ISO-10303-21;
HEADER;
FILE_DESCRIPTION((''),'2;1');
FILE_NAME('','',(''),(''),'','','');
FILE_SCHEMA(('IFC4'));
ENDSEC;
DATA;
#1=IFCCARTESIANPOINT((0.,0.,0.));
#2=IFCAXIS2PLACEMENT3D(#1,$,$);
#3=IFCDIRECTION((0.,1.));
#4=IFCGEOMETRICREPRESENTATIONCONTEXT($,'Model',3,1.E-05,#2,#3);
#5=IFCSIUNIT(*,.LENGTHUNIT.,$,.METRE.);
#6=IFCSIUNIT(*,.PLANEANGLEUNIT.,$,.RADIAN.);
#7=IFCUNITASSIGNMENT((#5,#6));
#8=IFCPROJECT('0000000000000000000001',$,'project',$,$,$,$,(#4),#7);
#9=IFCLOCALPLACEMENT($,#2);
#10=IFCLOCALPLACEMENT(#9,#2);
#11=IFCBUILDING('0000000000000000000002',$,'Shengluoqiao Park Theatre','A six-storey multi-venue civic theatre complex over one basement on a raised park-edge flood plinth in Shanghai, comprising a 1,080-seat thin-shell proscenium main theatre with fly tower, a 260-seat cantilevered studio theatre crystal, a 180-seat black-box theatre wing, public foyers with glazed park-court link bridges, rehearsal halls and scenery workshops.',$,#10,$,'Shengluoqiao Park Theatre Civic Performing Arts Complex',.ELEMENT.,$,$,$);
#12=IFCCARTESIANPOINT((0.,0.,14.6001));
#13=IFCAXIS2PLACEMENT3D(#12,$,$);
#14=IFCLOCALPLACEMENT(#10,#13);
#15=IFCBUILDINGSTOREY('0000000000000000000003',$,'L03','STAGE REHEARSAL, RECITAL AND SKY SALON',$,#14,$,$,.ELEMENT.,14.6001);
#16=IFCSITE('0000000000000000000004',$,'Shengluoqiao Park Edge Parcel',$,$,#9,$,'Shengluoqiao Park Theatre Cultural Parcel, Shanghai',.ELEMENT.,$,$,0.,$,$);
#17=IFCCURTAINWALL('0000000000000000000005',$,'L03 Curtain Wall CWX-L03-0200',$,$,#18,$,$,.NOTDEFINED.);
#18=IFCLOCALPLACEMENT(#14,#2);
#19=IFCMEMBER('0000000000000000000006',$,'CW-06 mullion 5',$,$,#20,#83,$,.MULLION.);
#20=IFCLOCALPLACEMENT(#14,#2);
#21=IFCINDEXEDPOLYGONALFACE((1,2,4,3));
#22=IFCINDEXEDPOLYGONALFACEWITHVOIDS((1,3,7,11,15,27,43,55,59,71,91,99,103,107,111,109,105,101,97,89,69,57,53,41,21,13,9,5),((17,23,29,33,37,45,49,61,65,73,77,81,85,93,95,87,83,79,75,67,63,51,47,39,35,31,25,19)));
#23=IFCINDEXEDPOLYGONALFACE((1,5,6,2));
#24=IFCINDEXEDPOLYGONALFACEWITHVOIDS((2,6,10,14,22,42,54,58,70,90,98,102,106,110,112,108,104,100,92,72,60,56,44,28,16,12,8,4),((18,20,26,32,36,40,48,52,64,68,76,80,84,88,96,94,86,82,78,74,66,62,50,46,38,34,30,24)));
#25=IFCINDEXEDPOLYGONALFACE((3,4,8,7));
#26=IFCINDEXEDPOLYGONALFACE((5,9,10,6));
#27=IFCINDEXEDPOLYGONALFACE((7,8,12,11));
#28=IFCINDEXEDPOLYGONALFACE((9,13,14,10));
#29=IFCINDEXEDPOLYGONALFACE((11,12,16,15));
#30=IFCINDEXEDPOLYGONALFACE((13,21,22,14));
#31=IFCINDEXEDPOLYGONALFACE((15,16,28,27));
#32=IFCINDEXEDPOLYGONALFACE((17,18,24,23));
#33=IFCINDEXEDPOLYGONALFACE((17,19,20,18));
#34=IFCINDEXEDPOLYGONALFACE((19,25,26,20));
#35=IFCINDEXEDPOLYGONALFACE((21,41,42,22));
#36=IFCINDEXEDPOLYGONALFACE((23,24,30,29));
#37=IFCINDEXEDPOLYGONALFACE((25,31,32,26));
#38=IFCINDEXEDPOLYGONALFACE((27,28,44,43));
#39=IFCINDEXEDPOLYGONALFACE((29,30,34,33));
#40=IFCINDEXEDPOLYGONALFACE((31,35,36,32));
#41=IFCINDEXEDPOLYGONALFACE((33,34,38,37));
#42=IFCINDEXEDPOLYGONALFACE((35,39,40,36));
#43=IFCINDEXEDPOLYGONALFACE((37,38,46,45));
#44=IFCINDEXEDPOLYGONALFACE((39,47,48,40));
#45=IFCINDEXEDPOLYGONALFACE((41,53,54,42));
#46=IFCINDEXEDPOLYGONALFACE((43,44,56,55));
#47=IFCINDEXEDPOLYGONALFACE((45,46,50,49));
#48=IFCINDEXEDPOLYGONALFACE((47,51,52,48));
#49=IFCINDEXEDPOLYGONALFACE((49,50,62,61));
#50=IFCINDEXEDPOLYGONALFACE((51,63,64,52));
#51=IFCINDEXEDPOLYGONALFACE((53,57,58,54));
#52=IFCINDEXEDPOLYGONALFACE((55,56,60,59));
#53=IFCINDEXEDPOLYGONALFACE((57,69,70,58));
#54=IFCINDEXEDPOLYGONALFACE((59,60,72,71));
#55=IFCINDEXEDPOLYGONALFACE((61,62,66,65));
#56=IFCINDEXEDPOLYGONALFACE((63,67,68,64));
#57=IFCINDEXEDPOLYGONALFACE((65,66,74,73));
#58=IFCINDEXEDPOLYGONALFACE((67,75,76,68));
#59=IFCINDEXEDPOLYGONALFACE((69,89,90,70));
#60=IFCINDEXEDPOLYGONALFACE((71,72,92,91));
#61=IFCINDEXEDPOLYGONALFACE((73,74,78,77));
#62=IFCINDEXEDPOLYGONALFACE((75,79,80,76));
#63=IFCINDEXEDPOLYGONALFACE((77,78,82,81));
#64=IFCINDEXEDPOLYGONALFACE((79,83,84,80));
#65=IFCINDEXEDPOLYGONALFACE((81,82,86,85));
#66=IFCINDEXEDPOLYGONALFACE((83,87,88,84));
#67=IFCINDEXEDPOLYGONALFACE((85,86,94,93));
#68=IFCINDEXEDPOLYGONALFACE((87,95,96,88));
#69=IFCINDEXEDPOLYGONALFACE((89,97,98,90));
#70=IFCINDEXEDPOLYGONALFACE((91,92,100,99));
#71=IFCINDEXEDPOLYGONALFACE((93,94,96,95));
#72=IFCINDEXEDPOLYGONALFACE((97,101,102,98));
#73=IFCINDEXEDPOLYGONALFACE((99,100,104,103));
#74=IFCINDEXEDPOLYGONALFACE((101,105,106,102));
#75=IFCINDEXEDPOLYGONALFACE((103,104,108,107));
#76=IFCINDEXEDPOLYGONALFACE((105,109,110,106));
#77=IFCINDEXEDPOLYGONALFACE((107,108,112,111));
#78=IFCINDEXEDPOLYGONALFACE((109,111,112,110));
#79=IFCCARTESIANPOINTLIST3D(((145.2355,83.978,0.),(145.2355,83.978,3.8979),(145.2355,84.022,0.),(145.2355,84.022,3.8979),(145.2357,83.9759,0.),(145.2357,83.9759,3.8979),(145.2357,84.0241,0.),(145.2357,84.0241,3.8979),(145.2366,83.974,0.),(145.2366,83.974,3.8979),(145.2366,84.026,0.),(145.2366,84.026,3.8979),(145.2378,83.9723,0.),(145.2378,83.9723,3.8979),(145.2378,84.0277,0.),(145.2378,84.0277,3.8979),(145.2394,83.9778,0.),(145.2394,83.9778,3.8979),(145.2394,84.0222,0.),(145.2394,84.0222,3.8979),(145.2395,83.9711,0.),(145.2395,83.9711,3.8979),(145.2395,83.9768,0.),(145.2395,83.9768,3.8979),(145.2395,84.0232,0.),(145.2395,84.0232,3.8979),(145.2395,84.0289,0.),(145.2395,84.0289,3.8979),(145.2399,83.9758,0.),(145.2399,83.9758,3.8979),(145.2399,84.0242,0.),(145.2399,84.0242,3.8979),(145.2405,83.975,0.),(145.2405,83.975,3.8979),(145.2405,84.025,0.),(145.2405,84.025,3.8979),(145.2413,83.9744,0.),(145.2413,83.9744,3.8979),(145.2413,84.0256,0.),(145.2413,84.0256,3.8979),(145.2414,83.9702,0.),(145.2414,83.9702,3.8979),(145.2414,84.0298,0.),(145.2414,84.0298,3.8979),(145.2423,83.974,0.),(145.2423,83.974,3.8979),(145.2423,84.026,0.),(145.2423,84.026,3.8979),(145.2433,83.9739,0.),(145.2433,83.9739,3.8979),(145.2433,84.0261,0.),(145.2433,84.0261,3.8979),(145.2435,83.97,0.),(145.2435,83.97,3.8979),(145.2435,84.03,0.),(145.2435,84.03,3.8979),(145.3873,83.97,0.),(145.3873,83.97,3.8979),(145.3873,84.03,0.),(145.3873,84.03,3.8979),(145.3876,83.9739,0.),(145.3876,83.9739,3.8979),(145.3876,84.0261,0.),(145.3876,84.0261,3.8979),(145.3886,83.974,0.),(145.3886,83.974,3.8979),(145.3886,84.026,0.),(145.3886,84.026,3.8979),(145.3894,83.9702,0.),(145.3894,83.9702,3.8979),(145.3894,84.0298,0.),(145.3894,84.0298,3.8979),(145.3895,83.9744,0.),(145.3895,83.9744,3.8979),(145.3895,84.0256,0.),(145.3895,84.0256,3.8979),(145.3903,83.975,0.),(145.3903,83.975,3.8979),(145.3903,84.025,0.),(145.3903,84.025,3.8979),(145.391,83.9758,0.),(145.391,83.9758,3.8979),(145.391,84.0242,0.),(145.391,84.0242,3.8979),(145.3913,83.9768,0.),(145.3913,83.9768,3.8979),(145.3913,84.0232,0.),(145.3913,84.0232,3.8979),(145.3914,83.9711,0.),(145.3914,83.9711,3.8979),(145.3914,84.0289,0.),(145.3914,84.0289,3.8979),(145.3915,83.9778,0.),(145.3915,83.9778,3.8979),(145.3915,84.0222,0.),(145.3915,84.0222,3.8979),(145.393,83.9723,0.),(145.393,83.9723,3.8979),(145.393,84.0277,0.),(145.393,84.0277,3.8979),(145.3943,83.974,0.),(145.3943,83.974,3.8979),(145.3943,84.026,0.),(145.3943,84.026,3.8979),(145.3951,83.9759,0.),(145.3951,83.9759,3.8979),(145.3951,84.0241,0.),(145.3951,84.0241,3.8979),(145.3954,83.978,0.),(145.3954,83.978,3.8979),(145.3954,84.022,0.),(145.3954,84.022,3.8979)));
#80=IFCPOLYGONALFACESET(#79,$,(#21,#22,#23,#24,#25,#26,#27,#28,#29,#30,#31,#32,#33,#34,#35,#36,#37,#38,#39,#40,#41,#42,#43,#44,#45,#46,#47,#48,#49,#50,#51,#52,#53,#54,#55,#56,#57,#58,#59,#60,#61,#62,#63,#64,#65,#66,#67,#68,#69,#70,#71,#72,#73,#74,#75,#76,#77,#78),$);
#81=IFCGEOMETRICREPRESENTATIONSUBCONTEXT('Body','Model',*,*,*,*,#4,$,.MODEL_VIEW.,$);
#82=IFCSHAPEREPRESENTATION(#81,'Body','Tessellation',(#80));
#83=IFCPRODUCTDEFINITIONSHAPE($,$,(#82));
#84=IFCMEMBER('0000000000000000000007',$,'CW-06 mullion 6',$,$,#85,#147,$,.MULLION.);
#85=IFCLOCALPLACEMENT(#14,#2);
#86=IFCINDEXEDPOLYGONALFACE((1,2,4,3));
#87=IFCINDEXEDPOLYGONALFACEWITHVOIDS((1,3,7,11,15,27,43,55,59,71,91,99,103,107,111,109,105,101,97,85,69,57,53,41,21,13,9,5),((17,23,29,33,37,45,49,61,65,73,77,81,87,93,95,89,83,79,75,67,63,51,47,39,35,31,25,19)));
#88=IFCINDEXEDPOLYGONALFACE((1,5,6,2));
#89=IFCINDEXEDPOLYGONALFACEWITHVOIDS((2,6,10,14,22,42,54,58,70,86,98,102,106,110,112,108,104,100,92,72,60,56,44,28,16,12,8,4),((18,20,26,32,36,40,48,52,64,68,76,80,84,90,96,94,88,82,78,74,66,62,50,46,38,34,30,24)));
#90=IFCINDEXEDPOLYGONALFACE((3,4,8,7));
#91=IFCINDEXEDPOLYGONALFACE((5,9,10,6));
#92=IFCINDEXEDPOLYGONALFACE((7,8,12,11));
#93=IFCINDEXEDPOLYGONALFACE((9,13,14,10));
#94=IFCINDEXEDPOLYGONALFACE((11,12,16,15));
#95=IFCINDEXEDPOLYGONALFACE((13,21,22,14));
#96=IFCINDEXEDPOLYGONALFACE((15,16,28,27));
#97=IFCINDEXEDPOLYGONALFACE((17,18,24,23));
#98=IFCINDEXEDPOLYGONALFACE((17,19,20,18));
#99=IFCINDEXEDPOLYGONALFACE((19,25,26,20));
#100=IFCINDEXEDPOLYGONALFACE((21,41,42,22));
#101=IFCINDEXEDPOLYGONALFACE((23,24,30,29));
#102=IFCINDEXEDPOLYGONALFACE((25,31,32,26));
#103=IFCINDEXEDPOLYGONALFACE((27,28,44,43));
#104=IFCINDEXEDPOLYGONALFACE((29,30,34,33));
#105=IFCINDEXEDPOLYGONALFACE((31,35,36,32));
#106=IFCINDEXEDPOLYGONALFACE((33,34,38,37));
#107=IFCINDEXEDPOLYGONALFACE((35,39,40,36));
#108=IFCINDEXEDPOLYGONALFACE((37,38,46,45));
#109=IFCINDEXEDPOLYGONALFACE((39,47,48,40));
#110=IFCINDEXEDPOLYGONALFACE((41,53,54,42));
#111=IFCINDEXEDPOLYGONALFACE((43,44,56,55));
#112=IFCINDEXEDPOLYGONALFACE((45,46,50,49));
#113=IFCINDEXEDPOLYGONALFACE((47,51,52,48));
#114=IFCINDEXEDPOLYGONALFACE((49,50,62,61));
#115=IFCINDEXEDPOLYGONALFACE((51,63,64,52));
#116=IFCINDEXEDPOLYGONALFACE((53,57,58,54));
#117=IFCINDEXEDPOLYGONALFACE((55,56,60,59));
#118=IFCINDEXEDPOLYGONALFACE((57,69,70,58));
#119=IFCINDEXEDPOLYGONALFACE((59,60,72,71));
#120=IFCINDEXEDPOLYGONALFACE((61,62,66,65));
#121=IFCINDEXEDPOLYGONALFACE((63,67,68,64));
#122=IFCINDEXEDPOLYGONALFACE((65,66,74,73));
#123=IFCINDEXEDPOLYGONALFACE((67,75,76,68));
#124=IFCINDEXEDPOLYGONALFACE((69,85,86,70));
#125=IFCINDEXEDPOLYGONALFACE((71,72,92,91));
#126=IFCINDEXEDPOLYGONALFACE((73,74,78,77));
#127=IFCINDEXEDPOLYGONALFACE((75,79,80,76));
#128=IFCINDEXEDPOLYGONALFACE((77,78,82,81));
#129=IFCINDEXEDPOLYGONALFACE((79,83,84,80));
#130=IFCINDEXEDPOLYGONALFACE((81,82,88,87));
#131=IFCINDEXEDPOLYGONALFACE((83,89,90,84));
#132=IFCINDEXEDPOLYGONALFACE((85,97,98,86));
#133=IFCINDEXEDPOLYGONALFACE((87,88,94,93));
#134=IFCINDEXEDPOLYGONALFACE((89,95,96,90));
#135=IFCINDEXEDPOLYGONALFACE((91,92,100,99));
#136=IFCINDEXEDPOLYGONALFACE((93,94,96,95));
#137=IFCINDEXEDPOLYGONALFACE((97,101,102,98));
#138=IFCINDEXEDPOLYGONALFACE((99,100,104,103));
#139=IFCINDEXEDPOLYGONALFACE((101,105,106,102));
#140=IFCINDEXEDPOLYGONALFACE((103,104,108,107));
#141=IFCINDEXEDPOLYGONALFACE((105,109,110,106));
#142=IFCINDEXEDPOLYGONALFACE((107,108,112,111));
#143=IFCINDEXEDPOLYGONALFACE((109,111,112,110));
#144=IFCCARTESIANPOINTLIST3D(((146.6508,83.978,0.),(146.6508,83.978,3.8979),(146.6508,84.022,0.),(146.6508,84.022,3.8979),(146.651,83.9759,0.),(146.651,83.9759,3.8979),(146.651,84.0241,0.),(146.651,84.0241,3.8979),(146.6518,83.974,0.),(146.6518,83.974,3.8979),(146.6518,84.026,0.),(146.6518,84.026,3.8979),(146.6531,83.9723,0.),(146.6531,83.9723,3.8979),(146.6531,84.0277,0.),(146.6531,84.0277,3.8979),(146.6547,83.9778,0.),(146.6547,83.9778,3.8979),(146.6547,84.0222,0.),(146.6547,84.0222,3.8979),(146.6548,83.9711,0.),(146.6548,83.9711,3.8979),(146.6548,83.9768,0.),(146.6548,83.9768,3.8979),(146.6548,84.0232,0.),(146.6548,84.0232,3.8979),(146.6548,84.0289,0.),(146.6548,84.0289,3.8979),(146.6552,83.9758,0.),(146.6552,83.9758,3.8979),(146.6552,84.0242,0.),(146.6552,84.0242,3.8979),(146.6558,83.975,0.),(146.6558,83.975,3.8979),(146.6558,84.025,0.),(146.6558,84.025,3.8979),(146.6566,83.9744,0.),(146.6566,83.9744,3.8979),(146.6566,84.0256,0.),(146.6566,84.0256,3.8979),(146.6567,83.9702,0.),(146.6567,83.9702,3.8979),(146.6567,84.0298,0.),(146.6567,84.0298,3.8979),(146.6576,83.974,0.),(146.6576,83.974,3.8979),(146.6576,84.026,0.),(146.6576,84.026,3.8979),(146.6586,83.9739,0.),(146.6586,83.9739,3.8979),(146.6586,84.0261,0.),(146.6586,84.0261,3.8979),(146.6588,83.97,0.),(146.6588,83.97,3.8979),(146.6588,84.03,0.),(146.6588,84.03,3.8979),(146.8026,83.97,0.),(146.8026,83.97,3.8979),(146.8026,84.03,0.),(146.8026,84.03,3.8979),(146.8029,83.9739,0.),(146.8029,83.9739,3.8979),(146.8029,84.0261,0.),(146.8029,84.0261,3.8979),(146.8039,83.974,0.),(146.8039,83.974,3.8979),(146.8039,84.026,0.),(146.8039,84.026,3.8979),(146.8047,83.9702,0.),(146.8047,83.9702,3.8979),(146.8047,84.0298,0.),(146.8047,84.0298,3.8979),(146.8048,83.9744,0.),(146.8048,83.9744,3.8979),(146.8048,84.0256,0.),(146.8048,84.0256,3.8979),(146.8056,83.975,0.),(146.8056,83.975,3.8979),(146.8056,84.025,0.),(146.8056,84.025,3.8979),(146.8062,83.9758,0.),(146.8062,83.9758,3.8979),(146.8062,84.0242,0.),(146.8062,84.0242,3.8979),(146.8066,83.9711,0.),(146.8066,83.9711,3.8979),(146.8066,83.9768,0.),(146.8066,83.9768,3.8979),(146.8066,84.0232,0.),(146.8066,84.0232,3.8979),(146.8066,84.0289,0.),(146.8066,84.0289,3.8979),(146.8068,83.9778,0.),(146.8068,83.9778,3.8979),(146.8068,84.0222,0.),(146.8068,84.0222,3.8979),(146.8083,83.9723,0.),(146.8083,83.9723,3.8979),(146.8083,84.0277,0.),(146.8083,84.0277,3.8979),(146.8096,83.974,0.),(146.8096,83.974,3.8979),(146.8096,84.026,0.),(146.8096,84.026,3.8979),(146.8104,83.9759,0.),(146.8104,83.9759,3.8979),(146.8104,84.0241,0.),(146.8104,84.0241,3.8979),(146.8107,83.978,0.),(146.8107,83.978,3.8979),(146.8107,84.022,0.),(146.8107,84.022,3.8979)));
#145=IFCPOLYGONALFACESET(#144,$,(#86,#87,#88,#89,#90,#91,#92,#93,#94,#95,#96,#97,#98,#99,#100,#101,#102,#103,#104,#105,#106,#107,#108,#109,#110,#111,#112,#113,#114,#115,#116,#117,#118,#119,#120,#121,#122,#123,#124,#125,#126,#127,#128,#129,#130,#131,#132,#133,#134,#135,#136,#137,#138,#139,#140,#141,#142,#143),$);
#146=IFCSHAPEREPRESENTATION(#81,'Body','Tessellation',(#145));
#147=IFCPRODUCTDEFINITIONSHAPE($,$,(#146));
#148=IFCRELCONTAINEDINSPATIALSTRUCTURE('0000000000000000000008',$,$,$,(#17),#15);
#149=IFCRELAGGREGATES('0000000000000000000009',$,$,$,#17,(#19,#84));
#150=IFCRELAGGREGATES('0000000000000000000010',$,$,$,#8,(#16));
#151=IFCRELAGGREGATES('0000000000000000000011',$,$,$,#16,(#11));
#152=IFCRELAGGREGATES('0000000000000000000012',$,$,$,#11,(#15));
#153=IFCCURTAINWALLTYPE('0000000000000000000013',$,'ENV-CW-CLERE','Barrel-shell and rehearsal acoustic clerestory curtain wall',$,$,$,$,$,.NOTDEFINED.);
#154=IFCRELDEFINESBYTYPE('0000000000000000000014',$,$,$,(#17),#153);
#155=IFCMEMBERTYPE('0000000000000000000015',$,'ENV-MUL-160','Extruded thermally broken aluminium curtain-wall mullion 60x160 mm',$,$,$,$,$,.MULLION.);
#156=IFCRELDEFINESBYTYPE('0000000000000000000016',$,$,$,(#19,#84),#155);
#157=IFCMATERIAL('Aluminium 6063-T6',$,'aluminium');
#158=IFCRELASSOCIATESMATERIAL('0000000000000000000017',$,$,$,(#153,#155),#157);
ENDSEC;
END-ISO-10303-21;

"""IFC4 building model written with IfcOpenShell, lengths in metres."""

from ifc_helpers import new_model, si_unit, direction, frame, origin, origin_2d, place, context, subcontext, project, spatial, hollow_rectangle, extrude, material, material_profile, profile_set, type_object, element, aggregate, save


model = new_model("IFC4")

# Units and contexts
model_context = context("Model", 3, precision=1e-05, world=origin(), true_north=direction((0.0, 1.0)))
body_context = subcontext(model_context, "Body", "Model", "MODEL_VIEW")
ifc_project = project(units=[si_unit("LENGTHUNIT", "METRE"), si_unit("PLANEANGLEUNIT", "RADIAN")], contexts=[model_context])

# Site, building, storey
site_placement = place(None, origin())
site = spatial("IfcSite", under=ifc_project, at=site_placement, Name="Shengluoqiao Park Edge Parcel", LongName="Shengluoqiao Park Theatre Cultural Parcel, Shanghai", CompositionType="ELEMENT", RefElevation=0.0)
building_placement = place(site_placement, origin())
building = spatial("IfcBuilding", under=site, at=building_placement, Name="Shengluoqiao Park Theatre", Description="A six-storey multi-venue civic theatre complex over one basement on a raised park-edge flood plinth in Shanghai, comprising a 1,080-seat thin-shell proscenium main theatre with fly tower, a 260-seat cantilevered studio theatre crystal, a 180-seat black-box theatre wing, public foyers with glazed park-court link bridges, rehearsal halls and scenery workshops.", LongName="Shengluoqiao Park Theatre Civic Performing Arts Complex", CompositionType="ELEMENT")
storey_placement = place(building_placement, frame((0.0, 0.0, 14.6001)))
storey = spatial("IfcBuildingStorey", under=building, at=storey_placement, Name="L03", Description="STAGE REHEARSAL, RECITAL AND SKY SALON", CompositionType="ELEMENT", Elevation=14.6001)

# Curtain wall, members
ifc_material_1 = material(Name="Aluminium 6063-T6", Category="aluminium")
curtain_wall_type = type_object("IfcCurtainWallType", Name="ENV-CW-CLERE", Description="Barrel-shell and rehearsal acoustic clerestory curtain wall", PredefinedType="NOTDEFINED", material=ifc_material_1)
curtain_wall_placement = place(storey_placement, origin())
curtain_wall = element("IfcCurtainWall", 1, at=curtain_wall_placement, inside=storey, type_object=curtain_wall_type, Name="L03 Curtain Wall CWX-L03-0200", PredefinedType="NOTDEFINED")
ifc_material_profile_1 = material_profile(ifc_material_1, hollow_rectangle(XDim=0.0601, YDim=0.1599, WallThickness=0.0039, InnerFilletRadius=0.0039, OuterFilletRadius=0.0081, at=origin_2d()), Name="ALU MULLION 160x60x4")
ifc_profile_set_1 = profile_set([ifc_material_profile_1], Name="Aluminium 6063-T6")
member_type_1 = type_object("IfcMemberType", Name="ENV-MUL-160", Description="Extruded thermally broken aluminium curtain-wall mullion 60x160 mm", PredefinedType="MULLION", material=ifc_profile_set_1)
member_1_placement = place(storey_placement, frame((145.3154, 84.0, 0.0), z_axis=(0.0, 0.0, 1.0), x_axis=(0.0, 1.0, 0.0)))
member_1 = element("IfcMember", 2, at=member_1_placement, type_object=member_type_1, Name="CW-06 mullion 5", PredefinedType="MULLION", context=body_context, shape_type="SweptSolid", body=[
    extrude(hollow_rectangle(XDim=0.0601, YDim=0.1599, WallThickness=0.0039, InnerFilletRadius=0.0039, OuterFilletRadius=0.0081, at=origin_2d()), origin(), (0.0, 0.0, 1.0), 3.8979),
])
member_2_placement = place(storey_placement, frame((146.7307, 84.0, 0.0), z_axis=(0.0, 0.0, 1.0), x_axis=(0.0, 1.0, 0.0)))
member_2 = element("IfcMember", 3, at=member_2_placement, type_object=member_type_1, Name="CW-06 mullion 6", PredefinedType="MULLION", context=body_context, shape_type="SweptSolid", body=[
    extrude(hollow_rectangle(XDim=0.0601, YDim=0.1599, WallThickness=0.0039, InnerFilletRadius=0.0039, OuterFilletRadius=0.0081, at=origin_2d()), origin(), (0.0, 0.0, 1.0), 3.8979),
])
aggregate(curtain_wall, [member_1, member_2])

save(model, "model.ifc")
